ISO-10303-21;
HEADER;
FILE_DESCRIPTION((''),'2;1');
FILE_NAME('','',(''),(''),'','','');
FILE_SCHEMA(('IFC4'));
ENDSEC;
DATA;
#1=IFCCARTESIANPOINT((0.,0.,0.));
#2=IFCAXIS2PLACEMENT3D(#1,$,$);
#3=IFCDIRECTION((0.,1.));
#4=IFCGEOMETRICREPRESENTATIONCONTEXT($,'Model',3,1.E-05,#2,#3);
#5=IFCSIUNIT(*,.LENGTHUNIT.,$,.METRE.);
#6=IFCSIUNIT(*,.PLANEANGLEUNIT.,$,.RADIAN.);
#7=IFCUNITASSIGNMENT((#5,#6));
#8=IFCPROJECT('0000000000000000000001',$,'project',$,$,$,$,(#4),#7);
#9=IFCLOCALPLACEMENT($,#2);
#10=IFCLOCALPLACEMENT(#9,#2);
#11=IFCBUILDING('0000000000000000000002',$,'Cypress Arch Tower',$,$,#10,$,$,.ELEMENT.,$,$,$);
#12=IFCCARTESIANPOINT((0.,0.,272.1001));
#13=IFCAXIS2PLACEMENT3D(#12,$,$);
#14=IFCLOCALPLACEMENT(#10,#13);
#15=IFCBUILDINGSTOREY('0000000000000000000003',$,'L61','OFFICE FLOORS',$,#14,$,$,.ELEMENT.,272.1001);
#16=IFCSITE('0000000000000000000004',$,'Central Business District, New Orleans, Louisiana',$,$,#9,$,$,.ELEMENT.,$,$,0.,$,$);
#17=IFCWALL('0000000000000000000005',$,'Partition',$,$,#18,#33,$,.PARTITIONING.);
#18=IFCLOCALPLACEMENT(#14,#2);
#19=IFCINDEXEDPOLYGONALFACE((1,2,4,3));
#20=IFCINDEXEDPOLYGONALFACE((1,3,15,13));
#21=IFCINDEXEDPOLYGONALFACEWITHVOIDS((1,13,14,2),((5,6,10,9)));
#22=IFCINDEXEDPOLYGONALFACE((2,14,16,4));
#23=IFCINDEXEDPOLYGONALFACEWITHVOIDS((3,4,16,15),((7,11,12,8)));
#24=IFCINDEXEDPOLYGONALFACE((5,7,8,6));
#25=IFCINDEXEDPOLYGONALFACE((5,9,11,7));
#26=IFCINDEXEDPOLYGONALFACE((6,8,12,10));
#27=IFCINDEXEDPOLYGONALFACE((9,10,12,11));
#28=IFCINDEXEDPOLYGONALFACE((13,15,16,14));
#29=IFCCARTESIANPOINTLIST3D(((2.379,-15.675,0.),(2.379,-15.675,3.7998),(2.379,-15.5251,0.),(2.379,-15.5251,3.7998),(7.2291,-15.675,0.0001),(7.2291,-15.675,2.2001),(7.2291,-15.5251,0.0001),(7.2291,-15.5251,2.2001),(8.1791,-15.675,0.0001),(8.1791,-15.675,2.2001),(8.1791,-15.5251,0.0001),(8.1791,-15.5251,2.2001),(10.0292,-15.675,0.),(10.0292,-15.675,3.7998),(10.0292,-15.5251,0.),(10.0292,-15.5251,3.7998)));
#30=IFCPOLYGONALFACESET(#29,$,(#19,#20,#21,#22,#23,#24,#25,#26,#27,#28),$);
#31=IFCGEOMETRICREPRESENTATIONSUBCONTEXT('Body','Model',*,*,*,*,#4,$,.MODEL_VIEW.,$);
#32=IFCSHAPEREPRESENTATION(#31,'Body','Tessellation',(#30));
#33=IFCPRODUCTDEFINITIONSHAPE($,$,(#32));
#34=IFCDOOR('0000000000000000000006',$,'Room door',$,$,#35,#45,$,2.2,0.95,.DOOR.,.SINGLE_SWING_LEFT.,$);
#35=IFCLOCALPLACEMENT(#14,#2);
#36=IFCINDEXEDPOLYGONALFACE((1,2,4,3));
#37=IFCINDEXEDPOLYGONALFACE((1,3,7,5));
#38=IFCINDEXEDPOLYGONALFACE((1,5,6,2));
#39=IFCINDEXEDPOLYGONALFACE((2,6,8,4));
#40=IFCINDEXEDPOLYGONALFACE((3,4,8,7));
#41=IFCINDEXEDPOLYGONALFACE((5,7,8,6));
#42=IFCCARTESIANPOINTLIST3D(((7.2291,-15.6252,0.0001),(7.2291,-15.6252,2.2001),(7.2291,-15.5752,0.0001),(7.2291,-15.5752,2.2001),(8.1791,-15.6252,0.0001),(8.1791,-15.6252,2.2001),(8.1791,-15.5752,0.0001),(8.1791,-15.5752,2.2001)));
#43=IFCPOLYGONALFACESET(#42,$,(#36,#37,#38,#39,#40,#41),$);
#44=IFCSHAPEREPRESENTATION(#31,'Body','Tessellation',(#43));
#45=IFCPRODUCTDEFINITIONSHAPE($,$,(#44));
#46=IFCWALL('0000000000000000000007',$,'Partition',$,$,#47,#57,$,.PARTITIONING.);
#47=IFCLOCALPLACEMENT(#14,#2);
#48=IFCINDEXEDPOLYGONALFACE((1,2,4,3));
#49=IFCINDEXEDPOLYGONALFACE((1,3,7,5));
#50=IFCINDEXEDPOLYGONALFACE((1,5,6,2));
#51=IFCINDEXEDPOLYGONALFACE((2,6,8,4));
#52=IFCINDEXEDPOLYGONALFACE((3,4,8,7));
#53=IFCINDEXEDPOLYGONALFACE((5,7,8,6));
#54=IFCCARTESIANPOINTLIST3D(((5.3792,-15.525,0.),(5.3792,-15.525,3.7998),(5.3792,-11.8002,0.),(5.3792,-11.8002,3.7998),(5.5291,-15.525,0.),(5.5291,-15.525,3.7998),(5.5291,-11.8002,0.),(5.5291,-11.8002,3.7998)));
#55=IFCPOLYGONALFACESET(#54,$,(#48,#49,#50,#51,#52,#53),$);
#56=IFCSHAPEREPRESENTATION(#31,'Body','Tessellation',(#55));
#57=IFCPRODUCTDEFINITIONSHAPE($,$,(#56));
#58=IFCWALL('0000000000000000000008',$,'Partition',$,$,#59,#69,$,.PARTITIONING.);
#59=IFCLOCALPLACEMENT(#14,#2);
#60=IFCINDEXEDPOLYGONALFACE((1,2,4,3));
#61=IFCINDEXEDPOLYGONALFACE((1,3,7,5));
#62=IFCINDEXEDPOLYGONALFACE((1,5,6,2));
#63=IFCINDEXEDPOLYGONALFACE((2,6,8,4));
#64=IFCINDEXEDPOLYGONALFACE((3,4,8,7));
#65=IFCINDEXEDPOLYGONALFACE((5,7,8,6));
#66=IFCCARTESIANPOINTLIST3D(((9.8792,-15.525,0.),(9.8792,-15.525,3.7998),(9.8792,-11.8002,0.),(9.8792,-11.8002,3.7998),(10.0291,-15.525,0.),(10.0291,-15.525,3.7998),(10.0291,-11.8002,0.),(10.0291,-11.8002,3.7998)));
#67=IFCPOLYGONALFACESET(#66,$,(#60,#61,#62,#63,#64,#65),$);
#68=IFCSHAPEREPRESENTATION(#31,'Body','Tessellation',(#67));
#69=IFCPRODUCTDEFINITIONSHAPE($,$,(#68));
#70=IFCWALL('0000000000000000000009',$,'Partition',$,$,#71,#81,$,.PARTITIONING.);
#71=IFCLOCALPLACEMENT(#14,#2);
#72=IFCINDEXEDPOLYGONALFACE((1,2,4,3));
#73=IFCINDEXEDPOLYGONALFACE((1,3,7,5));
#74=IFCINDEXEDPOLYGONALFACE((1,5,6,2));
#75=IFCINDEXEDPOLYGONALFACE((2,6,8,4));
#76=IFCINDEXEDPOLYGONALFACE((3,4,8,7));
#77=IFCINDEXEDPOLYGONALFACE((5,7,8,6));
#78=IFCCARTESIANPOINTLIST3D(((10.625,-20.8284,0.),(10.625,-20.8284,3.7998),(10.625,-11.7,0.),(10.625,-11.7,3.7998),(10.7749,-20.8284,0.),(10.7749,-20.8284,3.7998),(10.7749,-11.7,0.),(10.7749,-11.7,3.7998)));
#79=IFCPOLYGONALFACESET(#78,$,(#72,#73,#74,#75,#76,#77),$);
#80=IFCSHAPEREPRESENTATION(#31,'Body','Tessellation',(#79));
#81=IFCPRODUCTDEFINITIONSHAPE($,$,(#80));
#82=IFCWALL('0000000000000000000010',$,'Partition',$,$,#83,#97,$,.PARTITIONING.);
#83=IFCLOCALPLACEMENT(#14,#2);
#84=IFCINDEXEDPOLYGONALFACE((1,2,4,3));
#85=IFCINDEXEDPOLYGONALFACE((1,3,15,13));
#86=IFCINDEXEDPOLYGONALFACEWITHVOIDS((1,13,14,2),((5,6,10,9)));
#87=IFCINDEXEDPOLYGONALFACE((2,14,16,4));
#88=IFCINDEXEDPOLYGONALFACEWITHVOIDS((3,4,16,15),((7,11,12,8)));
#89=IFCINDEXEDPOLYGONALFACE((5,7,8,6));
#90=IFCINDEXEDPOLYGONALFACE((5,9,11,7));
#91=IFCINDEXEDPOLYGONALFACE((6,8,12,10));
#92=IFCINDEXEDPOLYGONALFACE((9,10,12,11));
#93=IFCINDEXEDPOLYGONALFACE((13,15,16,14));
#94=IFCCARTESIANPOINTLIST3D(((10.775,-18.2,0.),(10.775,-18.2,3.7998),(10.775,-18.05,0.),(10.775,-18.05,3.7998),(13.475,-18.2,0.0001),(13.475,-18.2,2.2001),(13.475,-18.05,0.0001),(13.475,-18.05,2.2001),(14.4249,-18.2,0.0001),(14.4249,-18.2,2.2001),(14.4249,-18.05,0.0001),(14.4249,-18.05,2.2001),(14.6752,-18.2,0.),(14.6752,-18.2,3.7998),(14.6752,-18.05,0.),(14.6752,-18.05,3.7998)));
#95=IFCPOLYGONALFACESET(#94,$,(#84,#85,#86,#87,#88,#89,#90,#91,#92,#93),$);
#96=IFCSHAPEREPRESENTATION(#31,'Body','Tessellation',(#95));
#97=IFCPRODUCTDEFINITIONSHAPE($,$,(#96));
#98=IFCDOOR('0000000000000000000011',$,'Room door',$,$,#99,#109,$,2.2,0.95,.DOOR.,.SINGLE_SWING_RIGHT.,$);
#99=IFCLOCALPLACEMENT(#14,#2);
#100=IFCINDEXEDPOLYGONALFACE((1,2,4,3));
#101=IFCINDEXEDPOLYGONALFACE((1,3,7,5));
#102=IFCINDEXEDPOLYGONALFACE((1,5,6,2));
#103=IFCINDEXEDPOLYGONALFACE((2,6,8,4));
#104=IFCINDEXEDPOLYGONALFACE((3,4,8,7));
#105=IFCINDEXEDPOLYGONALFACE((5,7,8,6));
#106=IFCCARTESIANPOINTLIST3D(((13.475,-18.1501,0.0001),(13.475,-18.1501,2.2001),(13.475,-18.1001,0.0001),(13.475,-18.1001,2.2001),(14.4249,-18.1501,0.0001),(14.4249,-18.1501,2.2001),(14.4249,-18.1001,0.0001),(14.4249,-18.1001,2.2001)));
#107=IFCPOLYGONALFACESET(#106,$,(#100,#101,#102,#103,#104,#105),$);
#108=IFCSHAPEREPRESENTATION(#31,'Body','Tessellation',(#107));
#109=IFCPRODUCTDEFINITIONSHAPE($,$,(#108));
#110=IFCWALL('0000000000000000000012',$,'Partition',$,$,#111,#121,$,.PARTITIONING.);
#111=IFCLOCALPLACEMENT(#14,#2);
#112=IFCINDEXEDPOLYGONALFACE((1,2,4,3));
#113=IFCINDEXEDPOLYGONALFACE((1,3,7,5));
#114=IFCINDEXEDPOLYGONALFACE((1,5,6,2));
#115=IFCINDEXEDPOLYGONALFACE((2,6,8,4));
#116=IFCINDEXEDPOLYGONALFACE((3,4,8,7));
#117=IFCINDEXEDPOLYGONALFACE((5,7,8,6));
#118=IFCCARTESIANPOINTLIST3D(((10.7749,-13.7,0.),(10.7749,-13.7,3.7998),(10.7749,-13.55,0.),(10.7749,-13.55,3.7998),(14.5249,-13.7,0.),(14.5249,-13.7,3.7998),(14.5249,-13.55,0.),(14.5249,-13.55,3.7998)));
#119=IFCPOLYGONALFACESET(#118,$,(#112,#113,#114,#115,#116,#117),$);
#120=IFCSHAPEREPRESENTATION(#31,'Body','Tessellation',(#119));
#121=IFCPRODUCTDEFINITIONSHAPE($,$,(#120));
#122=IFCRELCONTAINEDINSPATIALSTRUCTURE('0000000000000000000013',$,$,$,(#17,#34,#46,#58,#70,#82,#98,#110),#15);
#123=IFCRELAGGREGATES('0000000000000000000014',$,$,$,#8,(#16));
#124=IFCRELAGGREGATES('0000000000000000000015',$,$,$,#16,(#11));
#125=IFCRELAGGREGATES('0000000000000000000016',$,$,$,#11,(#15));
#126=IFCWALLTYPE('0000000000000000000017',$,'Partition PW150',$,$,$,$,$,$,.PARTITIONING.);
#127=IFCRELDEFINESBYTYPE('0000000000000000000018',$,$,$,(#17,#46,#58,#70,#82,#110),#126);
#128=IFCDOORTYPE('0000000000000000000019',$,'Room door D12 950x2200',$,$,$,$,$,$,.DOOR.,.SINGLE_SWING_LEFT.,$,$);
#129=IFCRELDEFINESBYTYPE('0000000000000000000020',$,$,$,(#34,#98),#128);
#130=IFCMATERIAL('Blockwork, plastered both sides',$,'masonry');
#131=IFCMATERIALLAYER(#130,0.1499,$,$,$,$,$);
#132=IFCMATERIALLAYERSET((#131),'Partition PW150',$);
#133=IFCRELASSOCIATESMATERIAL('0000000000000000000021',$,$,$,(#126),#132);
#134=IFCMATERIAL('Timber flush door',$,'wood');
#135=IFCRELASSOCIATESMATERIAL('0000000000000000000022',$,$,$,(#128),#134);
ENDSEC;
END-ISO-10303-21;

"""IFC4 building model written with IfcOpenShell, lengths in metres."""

from ifc_helpers import new_model, si_unit, direction, frame, frame_2d, origin, place, context, subcontext, project, spatial, rectangle, extrude, material, layer, layer_set, type_object, element, fill, save


model = new_model("IFC4")

# Units and contexts
model_context = context("Model", 3, precision=1e-05, world=origin(), true_north=direction((0.0, 1.0)))
body_context = subcontext(model_context, "Body", "Model", "MODEL_VIEW")
ifc_project = project(units=[si_unit("LENGTHUNIT", "METRE"), si_unit("PLANEANGLEUNIT", "RADIAN")], contexts=[model_context])

# Site, building, storey
site_placement = place(None, origin())
site = spatial("IfcSite", under=ifc_project, at=site_placement, Name="Central Business District, New Orleans, Louisiana", CompositionType="ELEMENT", RefElevation=0.0)
building_placement = place(site_placement, origin())
building = spatial("IfcBuilding", under=site, at=building_placement, Name="Cypress Arch Tower", CompositionType="ELEMENT")
storey_placement = place(building_placement, frame((0.0, 0.0, 272.1001)))
storey = spatial("IfcBuildingStorey", under=building, at=storey_placement, Name="L61", Description="OFFICE FLOORS", CompositionType="ELEMENT", Elevation=272.1001)

# Wall, opening, door
ifc_material_1 = material(Name="Blockwork, plastered both sides", Category="masonry")
ifc_layer_1 = layer(ifc_material_1, 0.1499)
ifc_layer_set_1 = layer_set([ifc_layer_1], Name="Partition PW150")
wall_type_1 = type_object("IfcWallType", Name="Partition PW150", PredefinedType="PARTITIONING", material=ifc_layer_set_1)
ifc_material_2 = material(Name="Timber flush door", Category="wood")
door_type_1 = type_object("IfcDoorType", Name="Room door D12 950x2200", OperationType="SINGLE_SWING_LEFT", PredefinedType="DOOR", material=ifc_material_2)
wall_1_placement = place(storey_placement, frame((2.3789, -15.6001, 0.0), z_axis=(0.0, 0.0, 1.0), x_axis=(1.0, 0.0, 0.0)))
wall_1 = element("IfcWall", 1, at=wall_1_placement, inside=storey, type_object=wall_type_1, Name="Partition", PredefinedType="PARTITIONING", context=body_context, shape_type="SweptSolid", body=[
    extrude(rectangle(XDim=7.6501, YDim=0.1499, at=frame_2d((3.8252, 0.0))), origin(), (0.0, 0.0, 1.0), 3.7998),
])
opening_1_placement = place(wall_1_placement, frame((4.8501, 0.0, 0.0)))
opening_1 = element("IfcOpeningElement", 2, at=opening_1_placement, cuts=wall_1, PredefinedType="OPENING", context=body_context, shape_type="SweptSolid", body=[
    extrude(rectangle(XDim=0.95, YDim=2.2, at=frame_2d((0.4751, 1.1001))), frame((0.0, 0.085, 0.0), z_axis=(0.0, -1.0, 0.0), x_axis=(1.0, 0.0, 0.0)), (0.0, 0.0, 1.0), 0.1699),
])
door_1_placement = place(opening_1_placement, origin())
door_1 = element("IfcDoor", 3, at=door_1_placement, inside=storey, type_object=door_type_1, Name="Room door", OperationType="SINGLE_SWING_LEFT", OverallHeight=2.2, OverallWidth=0.95, PredefinedType="DOOR", context=body_context, shape_type="SweptSolid", body=[
    extrude(rectangle(XDim=0.95, YDim=2.2, at=frame_2d((0.4751, 1.1001))), frame((0.0, 0.0249, 0.0), z_axis=(0.0, -1.0, 0.0), x_axis=(1.0, 0.0, 0.0)), (0.0, 0.0, 1.0), 0.05),
])
fill(opening_1, door_1)

# Walls
for number, where, z_axis, x_axis, name in (
    (4, (5.4541, -15.5249, 0.0), (0.0, 0.0, 1.0), (0.0, 1.0, 0.0), "Partition"),
    (5, (9.9541, -15.5249, 0.0), (0.0, 0.0, 1.0), (0.0, 1.0, 0.0), "Partition"),
):
    element("IfcWall", number, at=place(storey_placement, frame(where, z_axis=z_axis, x_axis=x_axis)), inside=storey, type_object=wall_type_1, Name=name, PredefinedType="PARTITIONING", context=body_context, shape_type="SweptSolid", body=[
        extrude(rectangle(XDim=3.7249, YDim=0.1499, at=frame_2d((1.8623, 0.0))), origin(), (0.0, 0.0, 1.0), 3.7998),
    ])
wall_2_placement = place(storey_placement, frame((10.7, -20.8284, 0.0), z_axis=(0.0, 0.0, 1.0), x_axis=(0.0, 1.0, 0.0)))
element("IfcWall", 6, at=wall_2_placement, inside=storey, type_object=wall_type_1, Name="Partition", PredefinedType="PARTITIONING", context=body_context, shape_type="SweptSolid", body=[
    extrude(rectangle(XDim=9.1284, YDim=0.1499, at=frame_2d((4.5642, 0.0))), origin(), (0.0, 0.0, 1.0), 3.7998),
])

# Wall, opening, door
wall_3_placement = place(storey_placement, frame((10.7749, -18.125, 0.0), z_axis=(0.0, 0.0, 1.0), x_axis=(1.0, 0.0, 0.0)))
wall_3 = element("IfcWall", 7, at=wall_3_placement, inside=storey, type_object=wall_type_1, Name="Partition", PredefinedType="PARTITIONING", context=body_context, shape_type="SweptSolid", body=[
    extrude(rectangle(XDim=3.9001, YDim=0.1499, at=frame_2d((1.9502, 0.0))), origin(), (0.0, 0.0, 1.0), 3.7998),
])
opening_2_placement = place(wall_3_placement, frame((2.7, 0.0, 0.0)))
opening_2 = element("IfcOpeningElement", 8, at=opening_2_placement, cuts=wall_3, PredefinedType="OPENING", context=body_context, shape_type="SweptSolid", body=[
    extrude(rectangle(XDim=0.95, YDim=2.2, at=frame_2d((0.4751, 1.1001))), frame((0.0, 0.085, 0.0), z_axis=(0.0, -1.0, 0.0), x_axis=(1.0, 0.0, 0.0)), (0.0, 0.0, 1.0), 0.1699),
])
door_2_placement = place(opening_2_placement, origin())
door_2 = element("IfcDoor", 9, at=door_2_placement, inside=storey, type_object=door_type_1, Name="Room door", OperationType="SINGLE_SWING_RIGHT", OverallHeight=2.2, OverallWidth=0.95, PredefinedType="DOOR", context=body_context, shape_type="SweptSolid", body=[
    extrude(rectangle(XDim=0.95, YDim=2.2, at=frame_2d((0.4751, 1.1001))), frame((0.0, 0.0249, 0.0), z_axis=(0.0, -1.0, 0.0), x_axis=(1.0, 0.0, 0.0)), (0.0, 0.0, 1.0), 0.05),
])
fill(opening_2, door_2)

# Wall
wall_4_placement = place(storey_placement, frame((10.7749, -13.625, 0.0), z_axis=(0.0, 0.0, 1.0), x_axis=(1.0, 0.0, 0.0)))
element("IfcWall", 10, at=wall_4_placement, inside=storey, type_object=wall_type_1, Name="Partition", PredefinedType="PARTITIONING", context=body_context, shape_type="SweptSolid", body=[
    extrude(rectangle(XDim=3.75, YDim=0.1499, at=frame_2d((1.875, 0.0))), origin(), (0.0, 0.0, 1.0), 3.7998),
])

save(model, "model.ifc")
